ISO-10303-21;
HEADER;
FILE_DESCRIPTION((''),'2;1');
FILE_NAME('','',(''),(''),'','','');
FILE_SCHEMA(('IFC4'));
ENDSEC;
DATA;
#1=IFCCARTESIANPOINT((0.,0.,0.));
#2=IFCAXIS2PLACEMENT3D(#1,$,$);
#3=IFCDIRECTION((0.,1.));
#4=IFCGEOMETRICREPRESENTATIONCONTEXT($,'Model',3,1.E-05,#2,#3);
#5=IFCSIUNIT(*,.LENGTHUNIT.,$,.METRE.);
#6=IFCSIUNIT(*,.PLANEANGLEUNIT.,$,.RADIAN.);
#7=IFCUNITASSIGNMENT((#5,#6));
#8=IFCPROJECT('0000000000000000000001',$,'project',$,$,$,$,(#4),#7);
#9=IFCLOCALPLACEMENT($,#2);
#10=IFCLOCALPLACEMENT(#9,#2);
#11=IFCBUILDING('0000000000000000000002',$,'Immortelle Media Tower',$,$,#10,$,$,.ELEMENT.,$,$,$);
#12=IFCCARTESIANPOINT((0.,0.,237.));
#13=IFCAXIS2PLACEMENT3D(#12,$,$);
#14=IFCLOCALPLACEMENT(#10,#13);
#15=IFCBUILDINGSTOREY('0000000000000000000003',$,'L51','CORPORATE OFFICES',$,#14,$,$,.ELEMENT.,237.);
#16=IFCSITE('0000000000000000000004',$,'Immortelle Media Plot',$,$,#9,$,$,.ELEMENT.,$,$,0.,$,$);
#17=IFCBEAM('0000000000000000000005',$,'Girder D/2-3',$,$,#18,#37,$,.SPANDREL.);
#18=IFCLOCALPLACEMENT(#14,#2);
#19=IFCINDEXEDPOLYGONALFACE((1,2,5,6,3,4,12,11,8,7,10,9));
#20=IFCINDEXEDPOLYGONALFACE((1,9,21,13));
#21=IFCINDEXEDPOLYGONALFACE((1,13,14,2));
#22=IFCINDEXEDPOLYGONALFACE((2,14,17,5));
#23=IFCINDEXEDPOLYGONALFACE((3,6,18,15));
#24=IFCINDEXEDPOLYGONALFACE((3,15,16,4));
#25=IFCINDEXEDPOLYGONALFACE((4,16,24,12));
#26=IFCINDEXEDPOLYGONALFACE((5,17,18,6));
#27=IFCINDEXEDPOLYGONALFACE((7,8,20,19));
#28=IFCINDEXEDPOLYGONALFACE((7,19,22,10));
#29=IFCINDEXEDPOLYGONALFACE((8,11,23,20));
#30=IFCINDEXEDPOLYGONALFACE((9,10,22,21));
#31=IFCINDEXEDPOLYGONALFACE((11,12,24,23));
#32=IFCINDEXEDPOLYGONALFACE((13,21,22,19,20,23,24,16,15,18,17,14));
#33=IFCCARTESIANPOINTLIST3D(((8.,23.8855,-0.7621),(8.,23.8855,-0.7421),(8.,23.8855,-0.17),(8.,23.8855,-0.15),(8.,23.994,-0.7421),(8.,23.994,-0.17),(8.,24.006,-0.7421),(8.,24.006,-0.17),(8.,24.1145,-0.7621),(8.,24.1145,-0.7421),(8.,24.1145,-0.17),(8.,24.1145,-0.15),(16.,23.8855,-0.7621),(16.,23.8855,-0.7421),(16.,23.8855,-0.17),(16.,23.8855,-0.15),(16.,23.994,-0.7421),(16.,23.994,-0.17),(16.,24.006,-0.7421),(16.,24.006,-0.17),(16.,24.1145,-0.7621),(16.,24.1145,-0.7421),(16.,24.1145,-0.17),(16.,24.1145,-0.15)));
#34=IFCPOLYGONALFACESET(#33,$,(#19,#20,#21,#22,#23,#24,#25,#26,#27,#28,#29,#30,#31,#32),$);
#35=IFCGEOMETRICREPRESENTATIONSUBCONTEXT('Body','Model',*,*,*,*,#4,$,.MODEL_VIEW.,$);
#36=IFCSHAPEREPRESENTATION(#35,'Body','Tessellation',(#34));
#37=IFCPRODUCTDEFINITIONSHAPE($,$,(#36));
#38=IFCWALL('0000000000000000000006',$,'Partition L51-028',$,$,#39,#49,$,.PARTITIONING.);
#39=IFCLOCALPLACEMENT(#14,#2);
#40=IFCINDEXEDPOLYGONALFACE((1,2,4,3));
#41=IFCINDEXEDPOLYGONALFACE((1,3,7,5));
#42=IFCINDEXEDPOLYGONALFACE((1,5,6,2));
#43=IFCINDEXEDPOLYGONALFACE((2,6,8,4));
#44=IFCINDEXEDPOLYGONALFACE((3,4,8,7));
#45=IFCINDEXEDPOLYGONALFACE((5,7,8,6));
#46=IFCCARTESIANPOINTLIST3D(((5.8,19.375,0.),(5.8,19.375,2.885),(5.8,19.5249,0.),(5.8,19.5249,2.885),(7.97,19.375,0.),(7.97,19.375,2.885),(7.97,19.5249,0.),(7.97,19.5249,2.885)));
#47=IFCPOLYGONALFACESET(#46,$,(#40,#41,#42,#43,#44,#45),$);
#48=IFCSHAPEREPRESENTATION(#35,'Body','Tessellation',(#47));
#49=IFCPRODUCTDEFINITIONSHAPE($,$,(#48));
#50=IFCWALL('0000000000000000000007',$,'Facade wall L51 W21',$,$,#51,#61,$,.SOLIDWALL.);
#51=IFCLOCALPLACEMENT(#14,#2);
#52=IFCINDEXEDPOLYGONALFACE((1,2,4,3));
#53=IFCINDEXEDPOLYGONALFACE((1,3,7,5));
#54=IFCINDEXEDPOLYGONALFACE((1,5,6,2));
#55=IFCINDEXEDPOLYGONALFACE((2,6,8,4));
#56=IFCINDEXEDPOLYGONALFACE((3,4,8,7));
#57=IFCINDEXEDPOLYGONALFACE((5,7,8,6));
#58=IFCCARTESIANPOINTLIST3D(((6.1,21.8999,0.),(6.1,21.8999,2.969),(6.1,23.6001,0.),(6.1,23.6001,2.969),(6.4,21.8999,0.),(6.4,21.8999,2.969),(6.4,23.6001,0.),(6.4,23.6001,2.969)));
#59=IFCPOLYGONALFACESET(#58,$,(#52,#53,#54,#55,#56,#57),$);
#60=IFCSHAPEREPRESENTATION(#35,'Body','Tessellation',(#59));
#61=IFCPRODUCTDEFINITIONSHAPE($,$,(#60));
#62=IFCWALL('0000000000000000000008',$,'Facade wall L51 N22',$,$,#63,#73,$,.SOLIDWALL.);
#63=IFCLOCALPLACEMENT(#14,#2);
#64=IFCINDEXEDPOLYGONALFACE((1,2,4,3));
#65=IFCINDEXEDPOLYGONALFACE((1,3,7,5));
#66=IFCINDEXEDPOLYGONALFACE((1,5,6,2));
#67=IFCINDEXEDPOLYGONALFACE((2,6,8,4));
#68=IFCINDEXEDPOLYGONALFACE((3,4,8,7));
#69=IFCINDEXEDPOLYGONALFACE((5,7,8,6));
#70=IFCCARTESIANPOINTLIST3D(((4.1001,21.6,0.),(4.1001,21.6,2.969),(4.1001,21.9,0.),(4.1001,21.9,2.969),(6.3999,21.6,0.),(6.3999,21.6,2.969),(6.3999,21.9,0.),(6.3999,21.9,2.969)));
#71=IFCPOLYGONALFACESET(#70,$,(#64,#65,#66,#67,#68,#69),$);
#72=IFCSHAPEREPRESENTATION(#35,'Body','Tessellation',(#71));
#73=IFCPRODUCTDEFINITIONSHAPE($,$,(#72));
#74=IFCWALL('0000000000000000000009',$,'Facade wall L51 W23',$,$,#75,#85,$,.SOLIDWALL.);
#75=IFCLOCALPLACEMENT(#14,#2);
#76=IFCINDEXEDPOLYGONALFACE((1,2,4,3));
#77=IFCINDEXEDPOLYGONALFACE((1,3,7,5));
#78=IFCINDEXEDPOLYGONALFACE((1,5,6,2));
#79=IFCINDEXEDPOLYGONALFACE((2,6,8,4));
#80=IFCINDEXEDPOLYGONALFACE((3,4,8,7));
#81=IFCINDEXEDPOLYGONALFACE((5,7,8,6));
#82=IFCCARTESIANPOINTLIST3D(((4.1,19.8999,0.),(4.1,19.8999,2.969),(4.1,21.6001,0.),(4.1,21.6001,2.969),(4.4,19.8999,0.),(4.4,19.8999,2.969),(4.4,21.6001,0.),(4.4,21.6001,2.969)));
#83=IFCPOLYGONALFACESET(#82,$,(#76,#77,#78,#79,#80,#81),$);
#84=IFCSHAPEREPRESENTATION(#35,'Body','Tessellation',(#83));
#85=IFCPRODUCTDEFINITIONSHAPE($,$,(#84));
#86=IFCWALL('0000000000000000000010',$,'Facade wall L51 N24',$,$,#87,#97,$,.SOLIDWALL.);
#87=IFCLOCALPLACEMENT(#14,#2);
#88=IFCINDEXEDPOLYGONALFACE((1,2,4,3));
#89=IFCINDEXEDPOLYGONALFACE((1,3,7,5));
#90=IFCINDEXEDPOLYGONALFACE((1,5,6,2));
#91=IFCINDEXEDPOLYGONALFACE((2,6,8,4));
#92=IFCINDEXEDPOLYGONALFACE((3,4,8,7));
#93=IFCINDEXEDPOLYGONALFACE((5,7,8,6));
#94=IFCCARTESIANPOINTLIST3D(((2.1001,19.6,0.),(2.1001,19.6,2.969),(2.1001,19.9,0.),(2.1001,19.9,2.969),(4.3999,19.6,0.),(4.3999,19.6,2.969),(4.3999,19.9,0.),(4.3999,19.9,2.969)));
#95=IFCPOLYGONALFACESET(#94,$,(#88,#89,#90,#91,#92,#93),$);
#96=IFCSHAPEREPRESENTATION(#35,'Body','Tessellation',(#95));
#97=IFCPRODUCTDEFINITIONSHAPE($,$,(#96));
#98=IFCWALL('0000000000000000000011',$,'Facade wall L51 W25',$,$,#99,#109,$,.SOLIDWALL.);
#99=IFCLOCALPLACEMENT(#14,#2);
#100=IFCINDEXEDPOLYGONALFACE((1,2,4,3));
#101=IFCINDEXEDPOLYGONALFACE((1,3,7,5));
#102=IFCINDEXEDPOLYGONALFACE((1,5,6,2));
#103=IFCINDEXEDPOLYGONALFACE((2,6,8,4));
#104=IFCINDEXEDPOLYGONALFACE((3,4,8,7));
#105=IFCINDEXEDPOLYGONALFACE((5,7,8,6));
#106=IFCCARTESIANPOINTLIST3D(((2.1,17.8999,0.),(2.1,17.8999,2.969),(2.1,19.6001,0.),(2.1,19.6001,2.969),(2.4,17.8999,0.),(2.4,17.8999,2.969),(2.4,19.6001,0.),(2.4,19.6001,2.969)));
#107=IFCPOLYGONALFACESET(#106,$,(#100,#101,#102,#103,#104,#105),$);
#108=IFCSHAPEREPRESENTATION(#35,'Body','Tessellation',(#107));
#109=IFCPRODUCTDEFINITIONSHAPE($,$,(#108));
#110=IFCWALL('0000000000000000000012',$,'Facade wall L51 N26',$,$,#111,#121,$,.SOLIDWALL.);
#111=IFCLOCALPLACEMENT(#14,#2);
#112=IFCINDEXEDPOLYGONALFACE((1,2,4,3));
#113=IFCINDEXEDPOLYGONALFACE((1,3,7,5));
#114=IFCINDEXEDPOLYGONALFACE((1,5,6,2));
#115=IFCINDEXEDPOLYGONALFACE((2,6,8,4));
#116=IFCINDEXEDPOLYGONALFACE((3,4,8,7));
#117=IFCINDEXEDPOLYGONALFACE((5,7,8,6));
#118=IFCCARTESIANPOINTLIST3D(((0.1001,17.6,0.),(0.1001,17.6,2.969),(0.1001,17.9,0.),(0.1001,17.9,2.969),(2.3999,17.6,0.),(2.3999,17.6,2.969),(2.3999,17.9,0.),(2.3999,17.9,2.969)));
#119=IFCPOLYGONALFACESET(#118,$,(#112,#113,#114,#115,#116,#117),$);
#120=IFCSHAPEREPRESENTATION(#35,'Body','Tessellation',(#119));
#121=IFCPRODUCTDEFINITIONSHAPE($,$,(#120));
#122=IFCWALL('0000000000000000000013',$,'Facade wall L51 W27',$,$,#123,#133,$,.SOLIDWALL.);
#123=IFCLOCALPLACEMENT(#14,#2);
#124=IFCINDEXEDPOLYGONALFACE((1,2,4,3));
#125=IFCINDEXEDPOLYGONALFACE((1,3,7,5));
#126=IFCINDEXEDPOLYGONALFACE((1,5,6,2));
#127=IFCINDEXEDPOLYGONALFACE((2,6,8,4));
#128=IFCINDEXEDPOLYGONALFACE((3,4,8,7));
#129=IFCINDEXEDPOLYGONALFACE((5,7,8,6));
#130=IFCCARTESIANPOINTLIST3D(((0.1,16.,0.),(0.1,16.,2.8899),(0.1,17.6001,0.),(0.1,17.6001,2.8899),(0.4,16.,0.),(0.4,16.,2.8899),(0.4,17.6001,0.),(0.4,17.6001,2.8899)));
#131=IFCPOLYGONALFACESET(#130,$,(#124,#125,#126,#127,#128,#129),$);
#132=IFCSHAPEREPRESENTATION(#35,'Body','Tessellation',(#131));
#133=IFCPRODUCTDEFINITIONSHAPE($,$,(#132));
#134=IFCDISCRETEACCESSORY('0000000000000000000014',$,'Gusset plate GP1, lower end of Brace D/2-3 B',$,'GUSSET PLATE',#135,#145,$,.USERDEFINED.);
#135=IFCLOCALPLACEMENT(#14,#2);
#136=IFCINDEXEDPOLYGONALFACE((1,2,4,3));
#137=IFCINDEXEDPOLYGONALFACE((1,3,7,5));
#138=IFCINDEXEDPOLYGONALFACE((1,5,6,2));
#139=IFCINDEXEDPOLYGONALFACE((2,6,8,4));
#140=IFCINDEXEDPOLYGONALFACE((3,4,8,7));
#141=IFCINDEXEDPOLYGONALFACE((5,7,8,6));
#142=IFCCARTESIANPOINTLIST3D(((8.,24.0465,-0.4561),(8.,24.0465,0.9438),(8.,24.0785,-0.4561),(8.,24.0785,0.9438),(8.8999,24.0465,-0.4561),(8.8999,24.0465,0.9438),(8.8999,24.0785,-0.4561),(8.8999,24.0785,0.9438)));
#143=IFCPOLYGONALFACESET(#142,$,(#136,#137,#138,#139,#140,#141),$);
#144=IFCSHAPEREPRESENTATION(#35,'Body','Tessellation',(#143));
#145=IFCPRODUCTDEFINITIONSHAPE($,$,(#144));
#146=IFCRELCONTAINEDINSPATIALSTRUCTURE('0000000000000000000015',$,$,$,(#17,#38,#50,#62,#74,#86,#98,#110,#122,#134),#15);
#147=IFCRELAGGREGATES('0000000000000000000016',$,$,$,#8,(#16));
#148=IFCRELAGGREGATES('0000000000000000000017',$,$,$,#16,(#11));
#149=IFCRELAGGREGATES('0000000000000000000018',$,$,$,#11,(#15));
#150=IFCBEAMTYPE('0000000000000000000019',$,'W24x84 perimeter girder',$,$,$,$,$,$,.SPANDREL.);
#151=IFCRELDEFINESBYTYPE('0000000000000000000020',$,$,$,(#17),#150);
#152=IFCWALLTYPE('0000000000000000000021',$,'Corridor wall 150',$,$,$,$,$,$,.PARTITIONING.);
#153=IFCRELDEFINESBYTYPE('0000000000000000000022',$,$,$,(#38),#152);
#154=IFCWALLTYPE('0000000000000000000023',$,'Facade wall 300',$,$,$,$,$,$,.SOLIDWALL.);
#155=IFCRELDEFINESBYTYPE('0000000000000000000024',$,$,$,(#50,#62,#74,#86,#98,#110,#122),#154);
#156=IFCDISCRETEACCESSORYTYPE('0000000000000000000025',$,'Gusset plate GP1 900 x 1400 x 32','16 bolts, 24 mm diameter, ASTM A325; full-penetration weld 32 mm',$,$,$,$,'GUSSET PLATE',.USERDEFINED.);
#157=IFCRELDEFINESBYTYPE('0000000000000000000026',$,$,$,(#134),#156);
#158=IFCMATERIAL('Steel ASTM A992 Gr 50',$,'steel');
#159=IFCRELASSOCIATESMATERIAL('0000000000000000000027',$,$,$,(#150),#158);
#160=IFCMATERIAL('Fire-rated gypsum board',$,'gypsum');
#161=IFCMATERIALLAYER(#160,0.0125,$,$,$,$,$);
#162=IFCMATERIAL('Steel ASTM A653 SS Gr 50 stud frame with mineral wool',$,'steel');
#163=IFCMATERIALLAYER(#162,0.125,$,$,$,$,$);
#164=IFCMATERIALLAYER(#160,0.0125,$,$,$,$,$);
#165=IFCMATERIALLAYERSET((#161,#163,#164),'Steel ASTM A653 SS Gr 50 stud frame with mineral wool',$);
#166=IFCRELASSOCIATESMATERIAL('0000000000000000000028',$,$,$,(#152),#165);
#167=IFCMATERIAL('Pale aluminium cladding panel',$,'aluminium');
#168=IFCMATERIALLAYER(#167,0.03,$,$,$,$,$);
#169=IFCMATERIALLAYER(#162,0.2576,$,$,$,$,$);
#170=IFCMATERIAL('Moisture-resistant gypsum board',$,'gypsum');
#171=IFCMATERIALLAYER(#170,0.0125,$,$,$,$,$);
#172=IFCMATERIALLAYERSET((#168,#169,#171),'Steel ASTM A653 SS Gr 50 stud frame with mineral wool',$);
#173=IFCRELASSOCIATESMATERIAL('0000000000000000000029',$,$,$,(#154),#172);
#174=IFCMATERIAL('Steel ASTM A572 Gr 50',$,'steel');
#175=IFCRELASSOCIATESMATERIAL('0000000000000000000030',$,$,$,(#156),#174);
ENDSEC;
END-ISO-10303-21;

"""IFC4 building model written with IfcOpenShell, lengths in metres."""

from ifc_helpers import new_model, si_unit, direction, frame, frame_2d, origin, origin_2d, place, context, subcontext, project, spatial, rectangle, i_section, extrude, material, layer, layer_set, material_profile, profile_set, type_object, element, save


model = new_model("IFC4")

# Units and contexts
model_context = context("Model", 3, precision=1e-05, world=origin(), true_north=direction((0.0, 1.0)))
body_context = subcontext(model_context, "Body", "Model", "MODEL_VIEW")
ifc_project = project(units=[si_unit("LENGTHUNIT", "METRE"), si_unit("PLANEANGLEUNIT", "RADIAN")], contexts=[model_context])

# Site, building, storey
site_placement = place(None, origin())
site = spatial("IfcSite", under=ifc_project, at=site_placement, Name="Immortelle Media Plot", CompositionType="ELEMENT", RefElevation=0.0)
building_placement = place(site_placement, origin())
building = spatial("IfcBuilding", under=site, at=building_placement, Name="Immortelle Media Tower", CompositionType="ELEMENT")
storey_placement = place(building_placement, frame((0.0, 0.0, 237.0)))
storey = spatial("IfcBuildingStorey", under=building, at=storey_placement, Name="L51", Description="CORPORATE OFFICES", CompositionType="ELEMENT", Elevation=237.0)

# Shared definitions
ifc_material_1 = material(Name="Steel ASTM A992 Gr 50", Category="steel")

# Beam
ifc_material_profile_1 = material_profile(ifc_material_1, i_section(OverallWidth=0.229, OverallDepth=0.6121, WebThickness=0.012, FlangeThickness=0.02, at=origin_2d()), Name="W24x84")
ifc_profile_set_1 = profile_set([ifc_material_profile_1], Name="Steel ASTM A992 Gr 50")
beam_type_1 = type_object("IfcBeamType", Name="W24x84 perimeter girder", PredefinedType="SPANDREL", material=ifc_profile_set_1)
beam_1_placement = place(storey_placement, frame((8.0, 24.0, -0.4561), z_axis=(1.0, 0.0, 0.0), x_axis=(0.0, 1.0, 0.0)))
element("IfcBeam", 1, at=beam_1_placement, inside=storey, type_object=beam_type_1, Name="Girder D/2-3", PredefinedType="SPANDREL", context=body_context, shape_type="SweptSolid", body=[
    extrude(i_section(OverallWidth=0.229, OverallDepth=0.6121, WebThickness=0.012, FlangeThickness=0.02, at=origin_2d()), origin(), (0.0, 0.0, 1.0), 8.0),
])

# Walls
ifc_material_2 = material(Name="Fire-rated gypsum board", Category="gypsum")
ifc_layer_1 = layer(ifc_material_2, 0.0125)
ifc_material_3 = material(Name="Steel ASTM A653 SS Gr 50 stud frame with mineral wool", Category="steel")
ifc_layer_2 = layer(ifc_material_3, 0.125)
ifc_layer_3 = layer(ifc_material_2, 0.0125)
ifc_layer_set_1 = layer_set([ifc_layer_1, ifc_layer_2, ifc_layer_3], Name="Steel ASTM A653 SS Gr 50 stud frame with mineral wool")
wall_type_1 = type_object("IfcWallType", Name="Corridor wall 150", PredefinedType="PARTITIONING", material=ifc_layer_set_1)
wall_1_placement = place(storey_placement, frame((5.8, 19.45, 0.0), z_axis=(0.0, 0.0, 1.0), x_axis=(1.0, 0.0, 0.0)))
element("IfcWall", 2, at=wall_1_placement, inside=storey, type_object=wall_type_1, Name="Partition L51-028", PredefinedType="PARTITIONING", context=body_context, shape_type="SweptSolid", body=[
    extrude(rectangle(XDim=2.1699, YDim=0.1499, at=frame_2d((1.085, 0.0))), origin(), (0.0, 0.0, 1.0), 2.885),
])
ifc_material_4 = material(Name="Pale aluminium cladding panel", Category="aluminium")
ifc_layer_4 = layer(ifc_material_4, 0.03)
ifc_layer_5 = layer(ifc_material_3, 0.2576)
ifc_material_5 = material(Name="Moisture-resistant gypsum board", Category="gypsum")
ifc_layer_6 = layer(ifc_material_5, 0.0125)
ifc_layer_set_2 = layer_set([ifc_layer_4, ifc_layer_5, ifc_layer_6], Name="Steel ASTM A653 SS Gr 50 stud frame with mineral wool")
wall_type_2 = type_object("IfcWallType", Name="Facade wall 300", PredefinedType="SOLIDWALL", material=ifc_layer_set_2)
wall_2_placement = place(storey_placement, frame((6.25, 23.6001, 0.0), z_axis=(0.0, 0.0, 1.0), x_axis=(0.0, -1.0, 0.0)))
element("IfcWall", 3, at=wall_2_placement, inside=storey, type_object=wall_type_2, Name="Facade wall L51 W21", PredefinedType="SOLIDWALL", context=body_context, shape_type="SweptSolid", body=[
    extrude(rectangle(XDim=1.7002, YDim=0.3, at=frame_2d((0.8501, 0.0))), origin(), (0.0, 0.0, 1.0), 2.969),
])
wall_3_placement = place(storey_placement, frame((6.3999, 21.75, 0.0), z_axis=(0.0, 0.0, 1.0), x_axis=(-1.0, 0.0, 0.0)))
element("IfcWall", 4, at=wall_3_placement, inside=storey, type_object=wall_type_2, Name="Facade wall L51 N22", PredefinedType="SOLIDWALL", context=body_context, shape_type="SweptSolid", body=[
    extrude(rectangle(XDim=2.2998, YDim=0.3, at=frame_2d((1.1499, 0.0))), origin(), (0.0, 0.0, 1.0), 2.969),
])
wall_4_placement = place(storey_placement, frame((4.25, 21.6001, 0.0), z_axis=(0.0, 0.0, 1.0), x_axis=(0.0, -1.0, 0.0)))
element("IfcWall", 5, at=wall_4_placement, inside=storey, type_object=wall_type_2, Name="Facade wall L51 W23", PredefinedType="SOLIDWALL", context=body_context, shape_type="SweptSolid", body=[
    extrude(rectangle(XDim=1.7002, YDim=0.3, at=frame_2d((0.8501, 0.0))), origin(), (0.0, 0.0, 1.0), 2.969),
])
wall_5_placement = place(storey_placement, frame((4.3999, 19.75, 0.0), z_axis=(0.0, 0.0, 1.0), x_axis=(-1.0, 0.0, 0.0)))
element("IfcWall", 6, at=wall_5_placement, inside=storey, type_object=wall_type_2, Name="Facade wall L51 N24", PredefinedType="SOLIDWALL", context=body_context, shape_type="SweptSolid", body=[
    extrude(rectangle(XDim=2.2998, YDim=0.3, at=frame_2d((1.1499, 0.0))), origin(), (0.0, 0.0, 1.0), 2.969),
])
wall_6_placement = place(storey_placement, frame((2.25, 19.6001, 0.0), z_axis=(0.0, 0.0, 1.0), x_axis=(0.0, -1.0, 0.0)))
element("IfcWall", 7, at=wall_6_placement, inside=storey, type_object=wall_type_2, Name="Facade wall L51 W25", PredefinedType="SOLIDWALL", context=body_context, shape_type="SweptSolid", body=[
    extrude(rectangle(XDim=1.7002, YDim=0.3, at=frame_2d((0.8501, 0.0))), origin(), (0.0, 0.0, 1.0), 2.969),
])
wall_7_placement = place(storey_placement, frame((2.3999, 17.75, 0.0), z_axis=(0.0, 0.0, 1.0), x_axis=(-1.0, 0.0, 0.0)))
element("IfcWall", 8, at=wall_7_placement, inside=storey, type_object=wall_type_2, Name="Facade wall L51 N26", PredefinedType="SOLIDWALL", context=body_context, shape_type="SweptSolid", body=[
    extrude(rectangle(XDim=2.2998, YDim=0.3, at=frame_2d((1.1499, 0.0))), origin(), (0.0, 0.0, 1.0), 2.969),
])
wall_8_placement = place(storey_placement, frame((0.25, 17.6001, 0.0), z_axis=(0.0, 0.0, 1.0), x_axis=(0.0, -1.0, 0.0)))
element("IfcWall", 9, at=wall_8_placement, inside=storey, type_object=wall_type_2, Name="Facade wall L51 W27", PredefinedType="SOLIDWALL", context=body_context, shape_type="SweptSolid", body=[
    extrude(rectangle(XDim=1.6001, YDim=0.3, at=frame_2d((0.8, 0.0))), origin(), (0.0, 0.0, 1.0), 2.8899),
])

# Discrete accessory
ifc_material_6 = material(Name="Steel ASTM A572 Gr 50", Category="steel")
ifc_material_profile_2 = material_profile(ifc_material_6, rectangle(XDim=0.032, YDim=1.3999, at=origin_2d()), Name="PL 32 x 1400")
ifc_profile_set_2 = profile_set([ifc_material_profile_2], Name="Steel ASTM A572 Gr 50")
discrete_accessory_type = type_object("IfcDiscreteAccessoryType", Name="Gusset plate GP1 900 x 1400 x 32", Description="16 bolts, 24 mm diameter, ASTM A325; full-penetration weld 32 mm", ElementType="GUSSET PLATE", PredefinedType="USERDEFINED", material=ifc_profile_set_2)
discrete_accessory_placement = place(storey_placement, frame((8.0, 24.0625, 0.2439), z_axis=(1.0, 0.0, 0.0), x_axis=(0.0, 1.0, 0.0)))
element("IfcDiscreteAccessory", 10, at=discrete_accessory_placement, inside=storey, type_object=discrete_accessory_type, Name="Gusset plate GP1, lower end of Brace D/2-3 B", ObjectType="GUSSET PLATE", PredefinedType="USERDEFINED", context=body_context, shape_type="SweptSolid", body=[
    extrude(rectangle(XDim=0.032, YDim=1.3999, at=origin_2d()), origin(), (0.0, 0.0, 1.0), 0.8999),
])

save(model, "model.ifc")
